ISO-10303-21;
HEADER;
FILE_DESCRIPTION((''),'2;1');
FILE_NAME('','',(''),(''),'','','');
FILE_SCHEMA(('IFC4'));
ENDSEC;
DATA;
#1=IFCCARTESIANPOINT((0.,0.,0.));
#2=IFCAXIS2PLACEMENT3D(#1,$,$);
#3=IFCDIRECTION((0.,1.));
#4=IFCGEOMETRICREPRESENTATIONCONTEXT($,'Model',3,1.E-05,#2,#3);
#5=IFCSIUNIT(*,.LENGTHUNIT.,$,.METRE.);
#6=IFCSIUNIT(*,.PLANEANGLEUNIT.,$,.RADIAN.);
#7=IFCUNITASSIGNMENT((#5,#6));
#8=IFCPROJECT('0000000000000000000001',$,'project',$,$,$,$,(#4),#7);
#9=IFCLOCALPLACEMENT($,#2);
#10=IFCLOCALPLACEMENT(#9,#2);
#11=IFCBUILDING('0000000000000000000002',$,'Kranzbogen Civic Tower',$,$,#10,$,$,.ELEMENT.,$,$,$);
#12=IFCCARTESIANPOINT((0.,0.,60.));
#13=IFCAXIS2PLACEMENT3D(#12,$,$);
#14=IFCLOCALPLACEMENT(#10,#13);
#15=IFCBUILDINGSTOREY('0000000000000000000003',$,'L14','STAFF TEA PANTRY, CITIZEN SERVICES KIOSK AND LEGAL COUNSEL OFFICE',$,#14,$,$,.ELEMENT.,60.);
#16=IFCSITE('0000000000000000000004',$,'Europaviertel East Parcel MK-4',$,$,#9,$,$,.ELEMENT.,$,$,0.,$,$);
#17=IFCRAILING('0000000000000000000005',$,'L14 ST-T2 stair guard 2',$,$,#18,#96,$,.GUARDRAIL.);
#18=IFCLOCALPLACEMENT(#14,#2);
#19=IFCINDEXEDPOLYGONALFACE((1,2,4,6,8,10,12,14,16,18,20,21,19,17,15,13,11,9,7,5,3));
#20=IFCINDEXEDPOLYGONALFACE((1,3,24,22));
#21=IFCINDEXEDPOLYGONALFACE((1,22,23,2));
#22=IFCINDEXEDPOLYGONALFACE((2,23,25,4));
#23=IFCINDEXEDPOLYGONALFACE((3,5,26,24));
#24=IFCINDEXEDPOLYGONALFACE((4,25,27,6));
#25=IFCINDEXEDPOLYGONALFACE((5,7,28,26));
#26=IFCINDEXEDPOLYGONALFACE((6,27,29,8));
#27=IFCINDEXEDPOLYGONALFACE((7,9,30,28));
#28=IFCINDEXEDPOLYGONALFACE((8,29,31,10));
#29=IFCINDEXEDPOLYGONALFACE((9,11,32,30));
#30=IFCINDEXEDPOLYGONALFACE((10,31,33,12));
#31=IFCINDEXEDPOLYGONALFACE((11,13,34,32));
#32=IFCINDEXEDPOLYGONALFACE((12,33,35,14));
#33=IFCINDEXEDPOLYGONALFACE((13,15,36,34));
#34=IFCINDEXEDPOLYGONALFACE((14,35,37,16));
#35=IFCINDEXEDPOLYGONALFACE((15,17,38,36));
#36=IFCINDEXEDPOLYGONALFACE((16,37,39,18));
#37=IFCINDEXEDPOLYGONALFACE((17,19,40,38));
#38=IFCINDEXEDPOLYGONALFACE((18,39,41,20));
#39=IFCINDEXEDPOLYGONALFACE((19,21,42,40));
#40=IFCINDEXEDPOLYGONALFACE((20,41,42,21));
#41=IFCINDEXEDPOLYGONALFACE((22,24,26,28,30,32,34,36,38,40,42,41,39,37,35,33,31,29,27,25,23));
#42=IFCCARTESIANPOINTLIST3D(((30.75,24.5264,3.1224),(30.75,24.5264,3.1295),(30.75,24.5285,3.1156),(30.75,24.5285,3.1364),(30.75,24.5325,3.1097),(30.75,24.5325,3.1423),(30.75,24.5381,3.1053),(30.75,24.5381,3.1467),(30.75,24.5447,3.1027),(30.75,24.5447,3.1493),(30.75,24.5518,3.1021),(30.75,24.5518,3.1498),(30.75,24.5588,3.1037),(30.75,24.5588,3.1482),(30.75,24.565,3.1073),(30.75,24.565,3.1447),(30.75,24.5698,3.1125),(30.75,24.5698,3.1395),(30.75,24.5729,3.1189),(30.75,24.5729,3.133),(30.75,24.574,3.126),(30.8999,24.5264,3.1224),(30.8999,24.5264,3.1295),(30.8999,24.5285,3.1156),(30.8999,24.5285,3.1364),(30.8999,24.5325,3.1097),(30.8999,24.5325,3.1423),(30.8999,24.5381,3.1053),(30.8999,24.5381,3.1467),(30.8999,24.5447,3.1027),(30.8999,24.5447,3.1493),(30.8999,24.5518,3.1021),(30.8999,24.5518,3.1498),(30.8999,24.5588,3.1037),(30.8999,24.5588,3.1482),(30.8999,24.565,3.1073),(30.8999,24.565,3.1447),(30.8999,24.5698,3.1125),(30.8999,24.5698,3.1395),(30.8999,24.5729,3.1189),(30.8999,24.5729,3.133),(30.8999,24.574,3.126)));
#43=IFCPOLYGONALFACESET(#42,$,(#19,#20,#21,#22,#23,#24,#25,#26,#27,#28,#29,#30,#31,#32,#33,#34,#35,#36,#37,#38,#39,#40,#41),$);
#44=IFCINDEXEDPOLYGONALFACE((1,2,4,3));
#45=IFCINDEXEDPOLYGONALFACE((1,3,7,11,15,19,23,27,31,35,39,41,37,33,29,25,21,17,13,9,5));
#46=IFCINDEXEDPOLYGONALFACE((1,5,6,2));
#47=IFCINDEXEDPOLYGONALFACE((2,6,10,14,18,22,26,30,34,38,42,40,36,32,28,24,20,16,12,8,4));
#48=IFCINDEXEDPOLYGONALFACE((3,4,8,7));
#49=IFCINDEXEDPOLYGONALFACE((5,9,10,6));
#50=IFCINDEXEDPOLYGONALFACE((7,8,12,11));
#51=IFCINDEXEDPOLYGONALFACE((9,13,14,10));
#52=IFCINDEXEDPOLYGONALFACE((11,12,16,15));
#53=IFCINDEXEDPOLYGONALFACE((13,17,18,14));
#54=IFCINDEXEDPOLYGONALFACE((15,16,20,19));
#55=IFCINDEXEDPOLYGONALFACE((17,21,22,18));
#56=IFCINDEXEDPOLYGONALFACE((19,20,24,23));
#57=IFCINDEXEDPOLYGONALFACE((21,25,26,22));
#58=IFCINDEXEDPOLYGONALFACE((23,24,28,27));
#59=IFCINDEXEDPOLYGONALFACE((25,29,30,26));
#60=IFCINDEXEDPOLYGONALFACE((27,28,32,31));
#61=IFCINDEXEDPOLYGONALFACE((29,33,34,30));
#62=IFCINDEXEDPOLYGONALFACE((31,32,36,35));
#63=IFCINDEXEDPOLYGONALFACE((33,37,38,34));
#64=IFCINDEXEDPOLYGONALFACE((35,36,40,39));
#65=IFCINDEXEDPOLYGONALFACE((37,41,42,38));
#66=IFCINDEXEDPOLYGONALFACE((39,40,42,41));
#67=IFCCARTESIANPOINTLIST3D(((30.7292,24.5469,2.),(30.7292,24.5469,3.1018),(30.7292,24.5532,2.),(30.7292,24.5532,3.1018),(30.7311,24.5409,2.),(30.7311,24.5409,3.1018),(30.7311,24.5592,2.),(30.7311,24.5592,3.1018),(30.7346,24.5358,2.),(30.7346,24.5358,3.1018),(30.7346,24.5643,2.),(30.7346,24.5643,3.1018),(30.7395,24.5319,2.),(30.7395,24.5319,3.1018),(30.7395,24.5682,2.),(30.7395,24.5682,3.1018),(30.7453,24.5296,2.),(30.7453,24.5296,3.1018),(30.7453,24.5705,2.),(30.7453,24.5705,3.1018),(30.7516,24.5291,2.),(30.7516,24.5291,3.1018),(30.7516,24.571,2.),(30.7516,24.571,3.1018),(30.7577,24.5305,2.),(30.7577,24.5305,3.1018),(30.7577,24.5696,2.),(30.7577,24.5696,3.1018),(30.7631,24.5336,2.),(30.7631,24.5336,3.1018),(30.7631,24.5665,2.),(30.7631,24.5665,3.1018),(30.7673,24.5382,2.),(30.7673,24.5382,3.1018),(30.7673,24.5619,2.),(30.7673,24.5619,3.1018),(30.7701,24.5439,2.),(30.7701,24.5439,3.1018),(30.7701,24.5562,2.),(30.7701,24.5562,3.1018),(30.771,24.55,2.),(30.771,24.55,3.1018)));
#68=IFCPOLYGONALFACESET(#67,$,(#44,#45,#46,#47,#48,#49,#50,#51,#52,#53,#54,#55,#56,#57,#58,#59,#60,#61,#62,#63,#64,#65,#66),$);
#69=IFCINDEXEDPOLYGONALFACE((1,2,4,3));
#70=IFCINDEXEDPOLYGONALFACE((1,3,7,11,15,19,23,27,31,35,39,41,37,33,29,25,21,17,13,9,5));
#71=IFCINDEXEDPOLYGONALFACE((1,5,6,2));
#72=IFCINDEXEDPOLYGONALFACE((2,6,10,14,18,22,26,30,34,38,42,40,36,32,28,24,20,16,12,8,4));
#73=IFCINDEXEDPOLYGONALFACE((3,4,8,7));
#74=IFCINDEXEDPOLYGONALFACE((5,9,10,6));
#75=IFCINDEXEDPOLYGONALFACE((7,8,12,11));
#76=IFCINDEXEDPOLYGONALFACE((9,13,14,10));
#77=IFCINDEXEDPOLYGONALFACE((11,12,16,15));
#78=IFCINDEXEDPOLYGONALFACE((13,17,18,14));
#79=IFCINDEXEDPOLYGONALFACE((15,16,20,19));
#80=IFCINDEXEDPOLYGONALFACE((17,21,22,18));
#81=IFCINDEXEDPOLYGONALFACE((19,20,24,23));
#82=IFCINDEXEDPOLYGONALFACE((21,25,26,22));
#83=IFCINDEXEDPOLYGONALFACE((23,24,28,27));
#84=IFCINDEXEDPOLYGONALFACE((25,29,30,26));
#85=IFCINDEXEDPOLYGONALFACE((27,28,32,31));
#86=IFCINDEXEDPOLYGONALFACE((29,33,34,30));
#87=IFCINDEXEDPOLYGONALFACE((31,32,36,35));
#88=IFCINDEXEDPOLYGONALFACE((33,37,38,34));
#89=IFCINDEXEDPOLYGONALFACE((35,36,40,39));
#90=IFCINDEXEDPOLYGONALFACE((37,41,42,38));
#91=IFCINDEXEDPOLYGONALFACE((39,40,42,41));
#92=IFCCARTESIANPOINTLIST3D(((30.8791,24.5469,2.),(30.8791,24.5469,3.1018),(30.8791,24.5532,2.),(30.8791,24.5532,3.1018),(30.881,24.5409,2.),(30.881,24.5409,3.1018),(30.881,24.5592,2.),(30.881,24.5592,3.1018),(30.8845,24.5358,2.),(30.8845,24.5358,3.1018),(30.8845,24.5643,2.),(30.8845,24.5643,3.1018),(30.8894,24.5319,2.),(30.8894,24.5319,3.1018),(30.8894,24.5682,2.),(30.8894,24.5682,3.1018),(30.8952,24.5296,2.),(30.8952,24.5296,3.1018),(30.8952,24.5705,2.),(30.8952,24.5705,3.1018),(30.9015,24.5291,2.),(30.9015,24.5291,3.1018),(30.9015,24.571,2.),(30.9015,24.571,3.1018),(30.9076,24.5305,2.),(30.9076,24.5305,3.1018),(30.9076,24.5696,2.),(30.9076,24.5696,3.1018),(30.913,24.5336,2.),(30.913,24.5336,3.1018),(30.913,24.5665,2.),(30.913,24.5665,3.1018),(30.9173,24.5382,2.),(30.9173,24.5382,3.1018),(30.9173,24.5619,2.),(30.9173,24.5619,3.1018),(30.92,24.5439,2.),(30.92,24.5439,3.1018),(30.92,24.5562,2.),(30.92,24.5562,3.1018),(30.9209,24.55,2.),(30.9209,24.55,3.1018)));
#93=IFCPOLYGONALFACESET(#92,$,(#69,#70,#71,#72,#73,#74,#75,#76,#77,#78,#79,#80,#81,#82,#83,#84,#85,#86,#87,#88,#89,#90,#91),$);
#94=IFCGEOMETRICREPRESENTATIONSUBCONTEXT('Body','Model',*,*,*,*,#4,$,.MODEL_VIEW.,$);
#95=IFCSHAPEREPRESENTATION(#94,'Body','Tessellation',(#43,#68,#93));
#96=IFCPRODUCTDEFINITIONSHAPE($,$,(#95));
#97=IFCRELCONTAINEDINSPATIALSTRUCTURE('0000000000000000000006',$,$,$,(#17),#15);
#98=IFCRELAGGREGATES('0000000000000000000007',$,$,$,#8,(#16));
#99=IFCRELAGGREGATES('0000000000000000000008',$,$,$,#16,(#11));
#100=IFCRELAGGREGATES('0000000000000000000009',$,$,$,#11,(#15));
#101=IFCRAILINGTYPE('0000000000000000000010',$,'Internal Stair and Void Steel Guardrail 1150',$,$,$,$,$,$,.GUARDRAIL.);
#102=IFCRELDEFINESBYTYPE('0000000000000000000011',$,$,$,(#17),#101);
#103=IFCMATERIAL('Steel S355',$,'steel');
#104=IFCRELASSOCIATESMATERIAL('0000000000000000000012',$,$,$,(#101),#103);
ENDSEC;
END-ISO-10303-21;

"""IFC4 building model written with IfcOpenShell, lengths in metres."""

from ifc_helpers import new_model, si_unit, direction, frame, origin, origin_2d, place, context, subcontext, project, spatial, circle, extrude, material, type_object, element, save


model = new_model("IFC4")

# Units and contexts
model_context = context("Model", 3, precision=1e-05, world=origin(), true_north=direction((0.0, 1.0)))
body_context = subcontext(model_context, "Body", "Model", "MODEL_VIEW")
ifc_project = project(units=[si_unit("LENGTHUNIT", "METRE"), si_unit("PLANEANGLEUNIT", "RADIAN")], contexts=[model_context])

# Site, building, storey
site_placement = place(None, origin())
site = spatial("IfcSite", under=ifc_project, at=site_placement, Name="Europaviertel East Parcel MK-4", CompositionType="ELEMENT", RefElevation=0.0)
building_placement = place(site_placement, origin())
building = spatial("IfcBuilding", under=site, at=building_placement, Name="Kranzbogen Civic Tower", CompositionType="ELEMENT")
storey_placement = place(building_placement, frame((0.0, 0.0, 60.0)))
storey = spatial("IfcBuildingStorey", under=building, at=storey_placement, Name="L14", Description="STAFF TEA PANTRY, CITIZEN SERVICES KIOSK AND LEGAL COUNSEL OFFICE", CompositionType="ELEMENT", Elevation=60.0)

# Shared definitions
ifc_material_1 = material(Name="Steel S355", Category="steel")

# Railing
railing_type = type_object("IfcRailingType", Name="Internal Stair and Void Steel Guardrail 1150", PredefinedType="GUARDRAIL", material=ifc_material_1)
railing_1_placement = place(storey_placement, frame((30.75, 24.55, 2.0)))
element("IfcRailing", 1, at=railing_1_placement, inside=storey, type_object=railing_type, Name="L14 ST-T2 stair guard 2", PredefinedType="GUARDRAIL", context=body_context, shape_type="SweptSolid", body=[
    extrude(circle(Radius=0.0239, at=origin_2d()), frame((0.0, 0.0, 1.126), z_axis=(1.0, 0.0, 0.0), x_axis=(0.0, 1.0, 0.0)), (0.0, 0.0, 1.0), 0.1499),
    extrude(circle(Radius=0.021, at=origin_2d()), origin(), (0.0, 0.0, 1.0), 1.1018),
    extrude(circle(Radius=0.021, at=origin_2d()), frame((0.1499, 0.0, 0.0)), (0.0, 0.0, 1.0), 1.1018),
])

save(model, "model.ifc")
